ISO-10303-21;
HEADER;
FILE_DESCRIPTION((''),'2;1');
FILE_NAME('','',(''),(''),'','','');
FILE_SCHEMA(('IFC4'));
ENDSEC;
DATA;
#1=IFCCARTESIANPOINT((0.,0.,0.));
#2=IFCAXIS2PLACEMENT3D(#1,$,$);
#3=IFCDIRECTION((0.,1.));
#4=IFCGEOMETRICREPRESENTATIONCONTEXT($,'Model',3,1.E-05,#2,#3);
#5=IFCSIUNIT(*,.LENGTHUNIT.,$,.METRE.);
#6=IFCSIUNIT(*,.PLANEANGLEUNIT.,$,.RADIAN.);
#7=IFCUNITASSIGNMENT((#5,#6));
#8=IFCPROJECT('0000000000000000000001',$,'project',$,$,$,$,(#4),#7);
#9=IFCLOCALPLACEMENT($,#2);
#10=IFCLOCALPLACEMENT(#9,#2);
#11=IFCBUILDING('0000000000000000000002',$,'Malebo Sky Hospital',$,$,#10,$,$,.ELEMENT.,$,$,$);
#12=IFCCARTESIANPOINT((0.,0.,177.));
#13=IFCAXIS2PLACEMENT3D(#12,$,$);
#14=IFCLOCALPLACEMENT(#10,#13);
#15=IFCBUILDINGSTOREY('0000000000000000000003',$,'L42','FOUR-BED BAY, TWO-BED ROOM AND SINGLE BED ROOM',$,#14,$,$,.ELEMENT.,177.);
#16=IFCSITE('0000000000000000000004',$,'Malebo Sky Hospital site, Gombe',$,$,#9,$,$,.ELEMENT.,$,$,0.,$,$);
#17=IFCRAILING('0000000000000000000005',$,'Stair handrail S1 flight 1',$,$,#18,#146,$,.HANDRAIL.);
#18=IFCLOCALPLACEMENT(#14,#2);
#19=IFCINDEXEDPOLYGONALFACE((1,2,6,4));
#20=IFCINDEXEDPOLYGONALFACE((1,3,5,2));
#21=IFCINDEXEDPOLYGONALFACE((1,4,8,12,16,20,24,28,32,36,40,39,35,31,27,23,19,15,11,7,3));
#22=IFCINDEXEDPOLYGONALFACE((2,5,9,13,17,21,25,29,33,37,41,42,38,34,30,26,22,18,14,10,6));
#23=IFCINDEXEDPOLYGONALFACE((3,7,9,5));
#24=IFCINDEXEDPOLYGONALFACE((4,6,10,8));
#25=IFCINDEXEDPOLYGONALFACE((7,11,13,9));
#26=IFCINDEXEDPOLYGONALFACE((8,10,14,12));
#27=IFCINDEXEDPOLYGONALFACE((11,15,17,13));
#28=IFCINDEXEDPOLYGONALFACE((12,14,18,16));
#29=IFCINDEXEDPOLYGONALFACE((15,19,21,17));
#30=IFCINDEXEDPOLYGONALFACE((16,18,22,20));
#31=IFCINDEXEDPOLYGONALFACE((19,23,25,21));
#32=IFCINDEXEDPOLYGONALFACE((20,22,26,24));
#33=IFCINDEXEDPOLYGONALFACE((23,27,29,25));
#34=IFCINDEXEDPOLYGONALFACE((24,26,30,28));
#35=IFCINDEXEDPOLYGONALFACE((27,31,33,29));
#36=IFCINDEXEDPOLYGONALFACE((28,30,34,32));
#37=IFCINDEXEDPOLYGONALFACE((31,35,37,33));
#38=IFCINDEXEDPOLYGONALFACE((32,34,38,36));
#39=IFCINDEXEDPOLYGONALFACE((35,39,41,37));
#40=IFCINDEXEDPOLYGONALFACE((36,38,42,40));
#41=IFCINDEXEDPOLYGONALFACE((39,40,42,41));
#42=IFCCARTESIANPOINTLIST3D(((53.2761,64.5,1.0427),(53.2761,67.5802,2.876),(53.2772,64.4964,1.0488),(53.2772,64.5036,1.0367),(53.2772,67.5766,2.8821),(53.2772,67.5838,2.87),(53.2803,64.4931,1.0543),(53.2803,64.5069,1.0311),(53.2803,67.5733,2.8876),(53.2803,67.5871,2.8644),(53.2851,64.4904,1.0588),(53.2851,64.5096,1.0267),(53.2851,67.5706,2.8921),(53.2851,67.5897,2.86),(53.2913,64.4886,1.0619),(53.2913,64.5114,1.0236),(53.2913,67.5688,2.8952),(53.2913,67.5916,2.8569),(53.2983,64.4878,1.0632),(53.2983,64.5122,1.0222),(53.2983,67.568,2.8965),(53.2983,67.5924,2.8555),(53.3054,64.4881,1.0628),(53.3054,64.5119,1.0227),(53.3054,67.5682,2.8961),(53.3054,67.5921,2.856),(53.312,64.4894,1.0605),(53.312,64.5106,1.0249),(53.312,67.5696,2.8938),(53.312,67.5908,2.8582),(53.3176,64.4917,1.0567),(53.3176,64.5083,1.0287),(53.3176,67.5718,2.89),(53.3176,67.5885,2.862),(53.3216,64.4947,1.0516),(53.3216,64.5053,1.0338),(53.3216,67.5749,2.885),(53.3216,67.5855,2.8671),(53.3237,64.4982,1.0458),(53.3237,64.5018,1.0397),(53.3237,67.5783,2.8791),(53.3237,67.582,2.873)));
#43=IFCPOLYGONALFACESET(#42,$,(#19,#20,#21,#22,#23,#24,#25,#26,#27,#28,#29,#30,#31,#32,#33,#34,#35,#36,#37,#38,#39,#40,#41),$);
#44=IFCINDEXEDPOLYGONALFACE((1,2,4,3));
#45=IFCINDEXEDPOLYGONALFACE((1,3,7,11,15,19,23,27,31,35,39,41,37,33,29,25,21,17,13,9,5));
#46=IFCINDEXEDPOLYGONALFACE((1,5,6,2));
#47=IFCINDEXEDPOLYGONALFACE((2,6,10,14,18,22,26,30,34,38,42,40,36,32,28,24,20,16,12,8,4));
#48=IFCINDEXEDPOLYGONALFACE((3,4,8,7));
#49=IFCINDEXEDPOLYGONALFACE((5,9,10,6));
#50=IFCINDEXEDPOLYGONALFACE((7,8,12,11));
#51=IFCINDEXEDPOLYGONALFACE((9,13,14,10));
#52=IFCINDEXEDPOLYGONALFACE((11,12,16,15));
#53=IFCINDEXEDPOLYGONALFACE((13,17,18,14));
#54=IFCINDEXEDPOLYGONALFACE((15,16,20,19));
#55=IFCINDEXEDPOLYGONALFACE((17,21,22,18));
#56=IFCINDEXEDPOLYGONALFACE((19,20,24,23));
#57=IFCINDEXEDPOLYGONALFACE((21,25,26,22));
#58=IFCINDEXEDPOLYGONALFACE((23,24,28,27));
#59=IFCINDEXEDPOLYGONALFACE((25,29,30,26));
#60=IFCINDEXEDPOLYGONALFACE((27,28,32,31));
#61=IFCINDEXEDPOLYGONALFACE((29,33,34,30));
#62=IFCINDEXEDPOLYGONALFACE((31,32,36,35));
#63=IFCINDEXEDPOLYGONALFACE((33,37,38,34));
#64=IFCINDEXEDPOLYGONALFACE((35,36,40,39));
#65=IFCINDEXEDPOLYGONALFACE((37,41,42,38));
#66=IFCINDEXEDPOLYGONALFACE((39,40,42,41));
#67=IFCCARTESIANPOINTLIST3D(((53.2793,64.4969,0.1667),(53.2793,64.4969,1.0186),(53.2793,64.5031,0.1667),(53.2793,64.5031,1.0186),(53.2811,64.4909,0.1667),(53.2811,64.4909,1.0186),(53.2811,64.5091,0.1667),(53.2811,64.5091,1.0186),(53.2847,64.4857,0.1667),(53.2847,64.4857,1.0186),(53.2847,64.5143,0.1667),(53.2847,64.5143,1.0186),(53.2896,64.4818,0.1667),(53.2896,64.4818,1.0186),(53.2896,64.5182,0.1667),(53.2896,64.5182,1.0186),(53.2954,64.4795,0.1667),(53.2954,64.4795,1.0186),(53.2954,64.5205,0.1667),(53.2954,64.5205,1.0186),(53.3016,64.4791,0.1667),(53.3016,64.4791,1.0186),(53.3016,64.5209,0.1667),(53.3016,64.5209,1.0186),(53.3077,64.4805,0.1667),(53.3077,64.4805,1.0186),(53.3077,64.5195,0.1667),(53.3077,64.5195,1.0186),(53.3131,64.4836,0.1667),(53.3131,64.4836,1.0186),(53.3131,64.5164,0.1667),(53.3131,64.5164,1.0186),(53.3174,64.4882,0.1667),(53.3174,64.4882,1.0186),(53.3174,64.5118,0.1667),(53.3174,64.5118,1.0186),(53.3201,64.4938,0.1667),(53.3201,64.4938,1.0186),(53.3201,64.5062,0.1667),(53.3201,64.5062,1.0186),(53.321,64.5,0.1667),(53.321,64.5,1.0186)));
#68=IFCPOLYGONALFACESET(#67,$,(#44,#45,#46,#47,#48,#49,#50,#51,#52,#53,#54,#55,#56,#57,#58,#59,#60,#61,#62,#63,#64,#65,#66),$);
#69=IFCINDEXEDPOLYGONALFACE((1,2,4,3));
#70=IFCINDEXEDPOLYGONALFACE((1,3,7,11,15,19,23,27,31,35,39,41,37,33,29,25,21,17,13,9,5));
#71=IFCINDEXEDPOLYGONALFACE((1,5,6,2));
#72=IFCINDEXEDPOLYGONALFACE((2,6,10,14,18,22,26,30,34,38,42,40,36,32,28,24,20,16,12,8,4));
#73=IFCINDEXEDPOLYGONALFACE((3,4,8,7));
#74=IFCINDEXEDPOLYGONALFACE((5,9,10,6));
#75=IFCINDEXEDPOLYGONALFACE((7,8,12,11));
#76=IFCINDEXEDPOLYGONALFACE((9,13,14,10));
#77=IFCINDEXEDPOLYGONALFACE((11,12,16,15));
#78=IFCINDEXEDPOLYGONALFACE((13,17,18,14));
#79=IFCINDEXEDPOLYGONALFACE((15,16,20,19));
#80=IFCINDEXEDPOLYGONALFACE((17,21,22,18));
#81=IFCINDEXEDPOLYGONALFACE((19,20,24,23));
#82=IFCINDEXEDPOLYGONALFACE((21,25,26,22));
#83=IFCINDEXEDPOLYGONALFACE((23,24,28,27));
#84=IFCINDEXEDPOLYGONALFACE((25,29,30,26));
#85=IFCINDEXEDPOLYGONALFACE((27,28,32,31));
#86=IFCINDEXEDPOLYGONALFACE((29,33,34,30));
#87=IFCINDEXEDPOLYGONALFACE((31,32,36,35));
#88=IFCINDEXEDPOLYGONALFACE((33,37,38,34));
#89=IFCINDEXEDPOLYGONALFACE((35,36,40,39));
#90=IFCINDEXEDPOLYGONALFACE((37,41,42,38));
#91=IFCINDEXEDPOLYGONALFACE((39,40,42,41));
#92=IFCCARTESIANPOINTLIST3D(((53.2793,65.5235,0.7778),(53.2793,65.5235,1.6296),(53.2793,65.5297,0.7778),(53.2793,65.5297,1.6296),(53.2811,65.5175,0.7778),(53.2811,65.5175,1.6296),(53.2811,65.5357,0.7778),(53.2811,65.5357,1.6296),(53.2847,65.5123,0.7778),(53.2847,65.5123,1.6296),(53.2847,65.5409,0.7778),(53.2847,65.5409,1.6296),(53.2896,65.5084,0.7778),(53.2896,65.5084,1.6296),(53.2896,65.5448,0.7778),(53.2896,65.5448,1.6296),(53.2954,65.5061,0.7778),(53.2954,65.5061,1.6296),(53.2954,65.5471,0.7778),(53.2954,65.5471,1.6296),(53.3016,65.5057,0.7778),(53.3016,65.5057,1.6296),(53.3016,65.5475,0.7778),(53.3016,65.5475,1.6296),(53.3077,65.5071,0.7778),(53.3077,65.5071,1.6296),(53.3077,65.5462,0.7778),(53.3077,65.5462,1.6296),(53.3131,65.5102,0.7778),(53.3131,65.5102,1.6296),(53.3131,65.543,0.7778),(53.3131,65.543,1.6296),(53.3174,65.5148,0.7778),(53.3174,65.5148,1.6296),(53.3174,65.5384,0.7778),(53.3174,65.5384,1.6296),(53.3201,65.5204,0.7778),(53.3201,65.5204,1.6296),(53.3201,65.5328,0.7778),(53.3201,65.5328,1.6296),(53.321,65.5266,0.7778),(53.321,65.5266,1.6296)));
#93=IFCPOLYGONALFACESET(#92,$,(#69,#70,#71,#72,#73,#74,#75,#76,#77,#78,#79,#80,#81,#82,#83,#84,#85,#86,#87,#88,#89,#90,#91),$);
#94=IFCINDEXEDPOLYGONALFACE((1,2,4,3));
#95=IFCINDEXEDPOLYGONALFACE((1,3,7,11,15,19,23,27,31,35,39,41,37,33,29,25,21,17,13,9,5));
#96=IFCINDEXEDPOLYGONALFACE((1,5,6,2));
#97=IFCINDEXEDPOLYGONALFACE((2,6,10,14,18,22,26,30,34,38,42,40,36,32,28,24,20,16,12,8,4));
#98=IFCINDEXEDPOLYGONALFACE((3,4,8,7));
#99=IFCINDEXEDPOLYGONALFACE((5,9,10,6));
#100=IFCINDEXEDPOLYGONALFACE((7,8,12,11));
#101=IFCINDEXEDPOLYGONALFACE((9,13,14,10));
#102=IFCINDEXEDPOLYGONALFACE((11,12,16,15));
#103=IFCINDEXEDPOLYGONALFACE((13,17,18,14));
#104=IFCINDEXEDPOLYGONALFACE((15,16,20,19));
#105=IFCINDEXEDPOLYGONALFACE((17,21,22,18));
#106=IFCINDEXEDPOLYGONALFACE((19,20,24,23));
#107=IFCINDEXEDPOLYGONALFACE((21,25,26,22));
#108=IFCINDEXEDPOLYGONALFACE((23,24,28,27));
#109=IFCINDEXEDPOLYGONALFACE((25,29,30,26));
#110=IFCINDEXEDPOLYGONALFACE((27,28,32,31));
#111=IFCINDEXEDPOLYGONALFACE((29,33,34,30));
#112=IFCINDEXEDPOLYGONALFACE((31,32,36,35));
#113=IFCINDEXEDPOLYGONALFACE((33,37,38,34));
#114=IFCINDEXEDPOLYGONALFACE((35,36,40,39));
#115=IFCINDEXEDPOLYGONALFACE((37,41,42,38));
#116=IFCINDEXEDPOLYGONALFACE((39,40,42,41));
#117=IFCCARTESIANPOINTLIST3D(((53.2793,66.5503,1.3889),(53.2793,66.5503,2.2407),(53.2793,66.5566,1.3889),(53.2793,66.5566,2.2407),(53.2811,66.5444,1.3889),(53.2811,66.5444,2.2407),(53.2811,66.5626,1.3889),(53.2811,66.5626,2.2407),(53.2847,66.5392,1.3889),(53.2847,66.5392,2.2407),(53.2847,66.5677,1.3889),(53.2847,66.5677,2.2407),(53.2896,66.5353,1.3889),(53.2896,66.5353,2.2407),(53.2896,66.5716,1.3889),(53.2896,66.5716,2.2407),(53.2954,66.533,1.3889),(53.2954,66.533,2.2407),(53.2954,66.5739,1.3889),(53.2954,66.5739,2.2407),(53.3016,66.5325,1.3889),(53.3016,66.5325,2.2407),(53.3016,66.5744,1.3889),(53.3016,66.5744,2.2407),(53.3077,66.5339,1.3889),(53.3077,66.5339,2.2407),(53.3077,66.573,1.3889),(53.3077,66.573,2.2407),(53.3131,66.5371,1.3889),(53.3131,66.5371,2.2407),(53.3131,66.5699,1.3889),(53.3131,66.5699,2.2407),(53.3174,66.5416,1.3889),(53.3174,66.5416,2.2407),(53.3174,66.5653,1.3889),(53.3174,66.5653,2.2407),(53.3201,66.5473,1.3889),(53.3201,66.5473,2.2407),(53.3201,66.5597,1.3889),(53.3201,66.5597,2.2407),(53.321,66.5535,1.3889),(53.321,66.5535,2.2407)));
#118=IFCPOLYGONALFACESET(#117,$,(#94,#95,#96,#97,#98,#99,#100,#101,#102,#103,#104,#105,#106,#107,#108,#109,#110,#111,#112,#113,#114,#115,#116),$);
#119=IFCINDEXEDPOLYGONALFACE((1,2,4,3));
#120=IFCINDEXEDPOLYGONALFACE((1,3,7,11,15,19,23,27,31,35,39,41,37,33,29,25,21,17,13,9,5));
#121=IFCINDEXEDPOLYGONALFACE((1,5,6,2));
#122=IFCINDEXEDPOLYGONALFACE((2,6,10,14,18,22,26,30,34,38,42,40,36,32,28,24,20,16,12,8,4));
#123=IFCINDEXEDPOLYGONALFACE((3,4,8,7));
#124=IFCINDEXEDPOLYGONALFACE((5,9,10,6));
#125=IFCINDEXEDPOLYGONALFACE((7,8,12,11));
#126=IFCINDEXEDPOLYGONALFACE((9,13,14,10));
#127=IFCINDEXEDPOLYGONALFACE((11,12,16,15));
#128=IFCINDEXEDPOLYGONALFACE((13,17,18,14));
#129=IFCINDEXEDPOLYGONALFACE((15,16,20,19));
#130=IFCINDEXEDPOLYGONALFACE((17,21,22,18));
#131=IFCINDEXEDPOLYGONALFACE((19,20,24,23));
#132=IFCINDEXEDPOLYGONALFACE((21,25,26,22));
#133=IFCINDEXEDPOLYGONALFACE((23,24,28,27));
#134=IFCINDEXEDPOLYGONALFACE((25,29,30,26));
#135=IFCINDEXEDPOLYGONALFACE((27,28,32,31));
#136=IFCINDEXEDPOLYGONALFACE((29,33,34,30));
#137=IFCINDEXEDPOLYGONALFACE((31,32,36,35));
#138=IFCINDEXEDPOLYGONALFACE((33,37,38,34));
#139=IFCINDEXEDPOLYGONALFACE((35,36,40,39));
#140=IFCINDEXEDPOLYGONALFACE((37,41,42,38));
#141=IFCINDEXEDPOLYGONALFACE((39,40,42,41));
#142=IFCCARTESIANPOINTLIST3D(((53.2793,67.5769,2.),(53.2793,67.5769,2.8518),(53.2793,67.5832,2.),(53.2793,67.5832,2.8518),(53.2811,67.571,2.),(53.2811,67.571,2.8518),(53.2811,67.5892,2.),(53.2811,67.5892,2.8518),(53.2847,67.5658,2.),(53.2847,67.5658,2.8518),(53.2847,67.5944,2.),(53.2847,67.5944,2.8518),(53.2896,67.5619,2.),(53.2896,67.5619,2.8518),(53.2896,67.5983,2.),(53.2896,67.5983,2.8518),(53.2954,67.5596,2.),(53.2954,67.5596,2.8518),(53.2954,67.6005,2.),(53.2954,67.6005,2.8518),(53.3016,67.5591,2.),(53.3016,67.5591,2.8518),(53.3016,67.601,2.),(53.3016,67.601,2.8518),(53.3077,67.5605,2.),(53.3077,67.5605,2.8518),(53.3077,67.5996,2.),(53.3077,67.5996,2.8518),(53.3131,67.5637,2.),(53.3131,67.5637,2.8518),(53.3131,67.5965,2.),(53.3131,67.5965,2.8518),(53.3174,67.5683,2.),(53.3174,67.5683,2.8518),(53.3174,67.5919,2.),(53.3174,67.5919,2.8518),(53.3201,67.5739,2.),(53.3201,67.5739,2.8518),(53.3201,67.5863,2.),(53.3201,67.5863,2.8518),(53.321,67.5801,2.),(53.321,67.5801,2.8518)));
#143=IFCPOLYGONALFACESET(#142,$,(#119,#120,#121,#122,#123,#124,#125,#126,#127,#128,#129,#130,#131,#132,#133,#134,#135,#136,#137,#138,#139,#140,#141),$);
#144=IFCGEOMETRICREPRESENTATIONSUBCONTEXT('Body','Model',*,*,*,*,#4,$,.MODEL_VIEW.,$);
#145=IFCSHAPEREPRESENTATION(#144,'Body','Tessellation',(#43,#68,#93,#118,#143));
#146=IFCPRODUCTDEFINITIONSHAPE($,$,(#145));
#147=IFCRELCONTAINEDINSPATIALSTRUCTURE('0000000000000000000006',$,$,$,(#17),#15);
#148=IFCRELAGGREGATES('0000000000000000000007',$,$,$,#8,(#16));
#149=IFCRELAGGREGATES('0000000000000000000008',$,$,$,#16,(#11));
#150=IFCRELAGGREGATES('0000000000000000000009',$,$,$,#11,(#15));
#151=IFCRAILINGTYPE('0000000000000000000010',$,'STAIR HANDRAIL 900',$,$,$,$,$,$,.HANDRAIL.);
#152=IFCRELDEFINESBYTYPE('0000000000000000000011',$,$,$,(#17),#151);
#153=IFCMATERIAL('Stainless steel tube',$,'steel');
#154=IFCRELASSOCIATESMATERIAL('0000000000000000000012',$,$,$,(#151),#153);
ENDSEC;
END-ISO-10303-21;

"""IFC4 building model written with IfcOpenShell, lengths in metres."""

from ifc_helpers import new_model, si_unit, direction, frame, origin, origin_2d, place, context, subcontext, project, spatial, circle, extrude, material, type_object, element, save


model = new_model("IFC4")

# Units and contexts
model_context = context("Model", 3, precision=1e-05, world=origin(), true_north=direction((0.0, 1.0)))
body_context = subcontext(model_context, "Body", "Model", "MODEL_VIEW")
ifc_project = project(units=[si_unit("LENGTHUNIT", "METRE"), si_unit("PLANEANGLEUNIT", "RADIAN")], contexts=[model_context])

# Site, building, storey
site_placement = place(None, origin())
site = spatial("IfcSite", under=ifc_project, at=site_placement, Name="Malebo Sky Hospital site, Gombe", CompositionType="ELEMENT", RefElevation=0.0)
building_placement = place(site_placement, origin())
building = spatial("IfcBuilding", under=site, at=building_placement, Name="Malebo Sky Hospital", CompositionType="ELEMENT")
storey_placement = place(building_placement, frame((0.0, 0.0, 177.0)))
storey = spatial("IfcBuildingStorey", under=building, at=storey_placement, Name="L42", Description="FOUR-BED BAY, TWO-BED ROOM AND SINGLE BED ROOM", CompositionType="ELEMENT", Elevation=177.0)

# Railing
ifc_material_1 = material(Name="Stainless steel tube", Category="steel")
railing_type = type_object("IfcRailingType", Name="STAIR HANDRAIL 900", PredefinedType="HANDRAIL", material=ifc_material_1)
railing_1_placement = place(storey_placement, frame((53.3, 64.5, 0.1667)))
element("IfcRailing", 1, at=railing_1_placement, inside=storey, type_object=railing_type, Name="Stair handrail S1 flight 1", PredefinedType="HANDRAIL", context=body_context, shape_type="SweptSolid", body=[
    extrude(circle(Radius=0.0239, at=origin_2d()), frame((0.0, 0.0, 0.876), z_axis=(0.0, 0.859309, 0.511458), x_axis=(-1.0, 0.0, 0.0)), (0.0, 0.0, 1.0), 3.5845),
    extrude(circle(Radius=0.021, at=origin_2d()), origin(), (0.0, 0.0, 1.0), 0.8518),
    extrude(circle(Radius=0.021, at=origin_2d()), frame((0.0, 1.0266, 0.6111)), (0.0, 0.0, 1.0), 0.8518),
    extrude(circle(Radius=0.021, at=origin_2d()), frame((0.0, 2.0535, 1.2222)), (0.0, 0.0, 1.0), 0.8518),
    extrude(circle(Radius=0.021, at=origin_2d()), frame((0.0, 3.0801, 1.8333)), (0.0, 0.0, 1.0), 0.8518),
])

save(model, "model.ifc")
